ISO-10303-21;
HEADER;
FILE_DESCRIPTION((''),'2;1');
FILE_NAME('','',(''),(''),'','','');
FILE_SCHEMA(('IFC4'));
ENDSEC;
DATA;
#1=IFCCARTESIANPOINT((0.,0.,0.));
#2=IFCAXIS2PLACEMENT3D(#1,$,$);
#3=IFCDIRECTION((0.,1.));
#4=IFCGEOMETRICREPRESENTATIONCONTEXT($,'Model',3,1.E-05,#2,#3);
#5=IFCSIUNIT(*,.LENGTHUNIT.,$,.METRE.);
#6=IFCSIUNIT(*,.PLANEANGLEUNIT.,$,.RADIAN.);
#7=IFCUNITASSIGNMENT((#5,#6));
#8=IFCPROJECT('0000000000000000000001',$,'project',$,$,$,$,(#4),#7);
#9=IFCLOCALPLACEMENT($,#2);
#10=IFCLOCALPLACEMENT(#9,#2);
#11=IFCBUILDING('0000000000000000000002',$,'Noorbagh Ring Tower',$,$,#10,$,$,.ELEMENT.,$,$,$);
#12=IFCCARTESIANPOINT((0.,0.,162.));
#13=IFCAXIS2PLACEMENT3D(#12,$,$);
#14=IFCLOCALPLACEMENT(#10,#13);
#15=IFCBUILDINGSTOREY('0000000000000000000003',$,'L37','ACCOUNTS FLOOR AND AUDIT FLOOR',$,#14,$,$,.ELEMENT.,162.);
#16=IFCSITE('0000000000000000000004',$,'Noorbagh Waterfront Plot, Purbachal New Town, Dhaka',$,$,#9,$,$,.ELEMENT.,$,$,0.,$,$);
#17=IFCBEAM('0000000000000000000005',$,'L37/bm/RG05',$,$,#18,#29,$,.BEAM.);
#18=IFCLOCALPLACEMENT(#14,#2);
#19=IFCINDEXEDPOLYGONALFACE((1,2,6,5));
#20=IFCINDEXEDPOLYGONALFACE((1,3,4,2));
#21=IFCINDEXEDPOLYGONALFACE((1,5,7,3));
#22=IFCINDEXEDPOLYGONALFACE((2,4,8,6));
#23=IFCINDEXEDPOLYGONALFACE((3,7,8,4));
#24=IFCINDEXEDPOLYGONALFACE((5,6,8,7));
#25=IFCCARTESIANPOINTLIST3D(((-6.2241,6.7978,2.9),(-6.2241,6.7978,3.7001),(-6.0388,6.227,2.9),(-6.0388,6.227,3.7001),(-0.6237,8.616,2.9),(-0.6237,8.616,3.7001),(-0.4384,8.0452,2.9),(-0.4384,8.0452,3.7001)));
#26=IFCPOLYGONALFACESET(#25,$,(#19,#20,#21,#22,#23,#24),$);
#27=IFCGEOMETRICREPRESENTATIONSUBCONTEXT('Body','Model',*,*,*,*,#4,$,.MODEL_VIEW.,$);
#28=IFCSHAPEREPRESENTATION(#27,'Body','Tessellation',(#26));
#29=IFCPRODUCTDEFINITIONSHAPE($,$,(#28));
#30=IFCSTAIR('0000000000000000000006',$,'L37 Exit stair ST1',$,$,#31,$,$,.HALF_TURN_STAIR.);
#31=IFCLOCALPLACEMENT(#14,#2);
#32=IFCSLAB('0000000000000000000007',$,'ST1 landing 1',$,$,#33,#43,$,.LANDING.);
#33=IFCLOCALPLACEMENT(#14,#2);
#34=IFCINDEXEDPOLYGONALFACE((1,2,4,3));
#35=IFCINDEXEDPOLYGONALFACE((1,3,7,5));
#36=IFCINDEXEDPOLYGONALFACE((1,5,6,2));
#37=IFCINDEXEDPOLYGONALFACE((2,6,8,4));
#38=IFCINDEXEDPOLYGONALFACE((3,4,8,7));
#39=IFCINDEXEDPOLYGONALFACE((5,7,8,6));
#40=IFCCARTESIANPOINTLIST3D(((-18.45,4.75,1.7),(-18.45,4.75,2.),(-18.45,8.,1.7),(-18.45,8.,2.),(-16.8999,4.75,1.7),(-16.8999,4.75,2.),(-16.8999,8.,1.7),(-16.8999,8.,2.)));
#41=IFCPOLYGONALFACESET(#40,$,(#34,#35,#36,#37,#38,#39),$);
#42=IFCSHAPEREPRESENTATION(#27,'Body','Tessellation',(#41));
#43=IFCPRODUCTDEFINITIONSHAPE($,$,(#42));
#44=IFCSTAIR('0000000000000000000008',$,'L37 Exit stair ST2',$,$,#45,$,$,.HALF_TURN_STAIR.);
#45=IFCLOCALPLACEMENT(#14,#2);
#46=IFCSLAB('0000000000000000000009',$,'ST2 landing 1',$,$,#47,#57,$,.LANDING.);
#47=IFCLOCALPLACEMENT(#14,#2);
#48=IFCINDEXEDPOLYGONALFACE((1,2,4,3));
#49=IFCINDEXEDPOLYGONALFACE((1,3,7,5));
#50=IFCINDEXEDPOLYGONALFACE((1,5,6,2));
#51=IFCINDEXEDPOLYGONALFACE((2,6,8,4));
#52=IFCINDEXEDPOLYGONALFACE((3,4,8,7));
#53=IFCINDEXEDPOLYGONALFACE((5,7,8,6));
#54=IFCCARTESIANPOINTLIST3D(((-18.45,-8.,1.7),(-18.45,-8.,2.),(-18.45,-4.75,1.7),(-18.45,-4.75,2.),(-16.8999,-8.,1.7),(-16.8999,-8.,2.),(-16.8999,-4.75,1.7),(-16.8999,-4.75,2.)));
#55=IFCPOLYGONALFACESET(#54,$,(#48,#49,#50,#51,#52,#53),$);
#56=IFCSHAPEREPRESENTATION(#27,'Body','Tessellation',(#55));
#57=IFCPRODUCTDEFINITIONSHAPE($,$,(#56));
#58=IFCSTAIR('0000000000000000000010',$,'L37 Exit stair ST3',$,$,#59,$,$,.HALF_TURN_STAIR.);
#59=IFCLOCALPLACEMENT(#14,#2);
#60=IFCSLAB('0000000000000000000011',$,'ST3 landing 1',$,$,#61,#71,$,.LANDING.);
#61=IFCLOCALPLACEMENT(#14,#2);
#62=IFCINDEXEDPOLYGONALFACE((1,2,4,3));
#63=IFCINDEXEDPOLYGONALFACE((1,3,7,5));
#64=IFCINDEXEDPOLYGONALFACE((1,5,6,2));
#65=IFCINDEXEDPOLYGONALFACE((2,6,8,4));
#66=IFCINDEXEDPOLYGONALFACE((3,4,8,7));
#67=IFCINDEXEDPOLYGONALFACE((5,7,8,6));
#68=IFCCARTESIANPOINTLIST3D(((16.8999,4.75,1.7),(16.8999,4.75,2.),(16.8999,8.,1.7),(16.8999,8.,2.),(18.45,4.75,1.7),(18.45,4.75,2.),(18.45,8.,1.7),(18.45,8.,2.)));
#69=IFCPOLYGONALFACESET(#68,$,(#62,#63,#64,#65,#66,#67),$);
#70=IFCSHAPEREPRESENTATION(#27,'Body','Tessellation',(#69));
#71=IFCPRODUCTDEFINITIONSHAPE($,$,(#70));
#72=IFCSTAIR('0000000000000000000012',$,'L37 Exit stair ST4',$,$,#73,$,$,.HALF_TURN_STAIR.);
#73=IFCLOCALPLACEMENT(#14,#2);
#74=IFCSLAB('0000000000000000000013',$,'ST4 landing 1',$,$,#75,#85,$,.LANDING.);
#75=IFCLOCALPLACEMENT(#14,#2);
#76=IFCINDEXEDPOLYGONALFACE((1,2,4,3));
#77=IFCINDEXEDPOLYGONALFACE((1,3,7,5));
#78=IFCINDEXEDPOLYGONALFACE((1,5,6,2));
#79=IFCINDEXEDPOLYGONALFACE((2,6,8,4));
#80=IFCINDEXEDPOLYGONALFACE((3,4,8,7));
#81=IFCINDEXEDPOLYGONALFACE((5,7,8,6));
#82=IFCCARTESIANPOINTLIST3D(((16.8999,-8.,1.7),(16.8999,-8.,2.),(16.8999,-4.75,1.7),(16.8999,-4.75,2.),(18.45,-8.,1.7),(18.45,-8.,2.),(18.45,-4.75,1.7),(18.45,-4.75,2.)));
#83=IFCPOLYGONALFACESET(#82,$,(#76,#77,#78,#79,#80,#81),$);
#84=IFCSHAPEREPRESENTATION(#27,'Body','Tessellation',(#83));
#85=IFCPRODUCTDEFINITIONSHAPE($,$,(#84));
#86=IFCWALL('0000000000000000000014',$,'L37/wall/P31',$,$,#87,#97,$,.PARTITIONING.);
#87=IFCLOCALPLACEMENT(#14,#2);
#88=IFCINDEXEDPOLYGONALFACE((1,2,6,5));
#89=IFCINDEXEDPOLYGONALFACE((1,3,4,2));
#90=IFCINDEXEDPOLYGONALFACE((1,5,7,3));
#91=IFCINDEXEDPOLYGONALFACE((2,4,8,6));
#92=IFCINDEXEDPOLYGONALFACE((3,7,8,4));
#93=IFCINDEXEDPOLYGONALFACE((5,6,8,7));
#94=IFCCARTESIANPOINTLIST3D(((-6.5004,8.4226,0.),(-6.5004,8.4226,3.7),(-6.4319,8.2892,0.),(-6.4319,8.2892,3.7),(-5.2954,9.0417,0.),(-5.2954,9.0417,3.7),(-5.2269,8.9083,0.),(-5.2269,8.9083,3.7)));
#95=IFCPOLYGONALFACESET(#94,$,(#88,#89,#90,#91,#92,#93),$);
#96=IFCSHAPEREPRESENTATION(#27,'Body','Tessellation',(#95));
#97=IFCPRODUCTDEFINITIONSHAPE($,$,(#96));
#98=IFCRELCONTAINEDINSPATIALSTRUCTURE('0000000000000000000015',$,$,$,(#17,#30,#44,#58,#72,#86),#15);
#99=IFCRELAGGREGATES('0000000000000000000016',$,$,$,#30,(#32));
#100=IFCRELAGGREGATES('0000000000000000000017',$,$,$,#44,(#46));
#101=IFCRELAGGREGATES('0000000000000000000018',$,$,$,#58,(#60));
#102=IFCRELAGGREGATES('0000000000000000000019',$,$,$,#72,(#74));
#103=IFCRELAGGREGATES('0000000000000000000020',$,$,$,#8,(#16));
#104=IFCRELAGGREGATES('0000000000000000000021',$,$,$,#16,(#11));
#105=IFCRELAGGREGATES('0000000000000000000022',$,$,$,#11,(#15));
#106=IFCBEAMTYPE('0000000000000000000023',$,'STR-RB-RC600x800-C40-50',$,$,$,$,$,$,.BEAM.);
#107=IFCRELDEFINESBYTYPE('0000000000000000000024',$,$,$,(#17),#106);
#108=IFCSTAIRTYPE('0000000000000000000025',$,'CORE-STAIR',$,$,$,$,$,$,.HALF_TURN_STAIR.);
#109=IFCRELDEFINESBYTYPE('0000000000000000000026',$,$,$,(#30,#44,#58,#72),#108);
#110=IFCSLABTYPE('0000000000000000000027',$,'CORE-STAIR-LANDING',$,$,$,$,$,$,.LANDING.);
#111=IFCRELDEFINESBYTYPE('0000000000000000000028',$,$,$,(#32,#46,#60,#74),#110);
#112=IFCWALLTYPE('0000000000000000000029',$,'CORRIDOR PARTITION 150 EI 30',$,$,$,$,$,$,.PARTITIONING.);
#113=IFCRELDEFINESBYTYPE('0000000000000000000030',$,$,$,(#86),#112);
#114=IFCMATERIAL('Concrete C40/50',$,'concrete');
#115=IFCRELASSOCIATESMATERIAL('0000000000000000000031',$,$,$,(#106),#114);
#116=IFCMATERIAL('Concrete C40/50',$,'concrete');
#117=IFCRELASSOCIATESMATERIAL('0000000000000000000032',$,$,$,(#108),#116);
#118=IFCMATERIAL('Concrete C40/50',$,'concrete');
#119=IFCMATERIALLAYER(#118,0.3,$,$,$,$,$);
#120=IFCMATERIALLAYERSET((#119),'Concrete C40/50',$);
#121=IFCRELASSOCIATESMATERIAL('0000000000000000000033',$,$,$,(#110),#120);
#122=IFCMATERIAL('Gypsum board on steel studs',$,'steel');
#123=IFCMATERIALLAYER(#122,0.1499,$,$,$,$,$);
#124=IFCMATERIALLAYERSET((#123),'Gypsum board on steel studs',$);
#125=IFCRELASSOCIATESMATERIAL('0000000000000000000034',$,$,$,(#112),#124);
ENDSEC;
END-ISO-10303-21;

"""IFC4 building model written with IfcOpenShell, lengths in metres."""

from ifc_helpers import new_model, si_unit, direction, frame, frame_2d, origin, origin_2d, place, context, subcontext, project, spatial, polyline, rectangle, outline, extrude, material, layer, layer_set, material_profile, profile_set, type_object, element, aggregate, save


model = new_model("IFC4")

# Units and contexts
model_context = context("Model", 3, precision=1e-05, world=origin(), true_north=direction((0.0, 1.0)))
body_context = subcontext(model_context, "Body", "Model", "MODEL_VIEW")
ifc_project = project(units=[si_unit("LENGTHUNIT", "METRE"), si_unit("PLANEANGLEUNIT", "RADIAN")], contexts=[model_context])

# Site, building, storey
site_placement = place(None, origin())
site = spatial("IfcSite", under=ifc_project, at=site_placement, Name="Noorbagh Waterfront Plot, Purbachal New Town, Dhaka", CompositionType="ELEMENT", RefElevation=0.0)
building_placement = place(site_placement, origin())
building = spatial("IfcBuilding", under=site, at=building_placement, Name="Noorbagh Ring Tower", CompositionType="ELEMENT")
storey_placement = place(building_placement, frame((0.0, 0.0, 162.0)))
storey = spatial("IfcBuildingStorey", under=building, at=storey_placement, Name="L37", Description="ACCOUNTS FLOOR AND AUDIT FLOOR", CompositionType="ELEMENT", Elevation=162.0)

# Beam
ifc_material_1 = material(Name="Concrete C40/50", Category="concrete")
ifc_material_profile_1 = material_profile(ifc_material_1, rectangle(XDim=0.6001, YDim=0.8, at=origin_2d()), Name="RC600x800")
ifc_profile_set_1 = profile_set([ifc_material_profile_1], Name="Concrete C40/50")
beam_type = type_object("IfcBeamType", Name="STR-RB-RC600x800-C40-50", PredefinedType="BEAM", material=ifc_profile_set_1)
beam_placement = place(storey_placement, frame((-0.531, 8.3306, 3.3), z_axis=(-0.951134, -0.308779, 0.0), x_axis=(0.308779, -0.951134, 0.0)))
element("IfcBeam", 1, at=beam_placement, inside=storey, type_object=beam_type, Name="L37/bm/RG05", PredefinedType="BEAM", context=body_context, shape_type="SweptSolid", body=[
    extrude(rectangle(XDim=0.6001, YDim=0.8, at=origin_2d()), origin(), (0.0, 0.0, 1.0), 5.8882),
])

# Stairs, slabs
ifc_material_2 = material(Name="Concrete C40/50", Category="concrete")
stair_type = type_object("IfcStairType", Name="CORE-STAIR", PredefinedType="HALF_TURN_STAIR", material=ifc_material_2)
stair_1_placement = place(storey_placement, origin())
stair_1 = element("IfcStair", 2, at=stair_1_placement, inside=storey, type_object=stair_type, Name="L37 Exit stair ST1", PredefinedType="HALF_TURN_STAIR")
ifc_material_3 = material(Name="Concrete C40/50", Category="concrete")
ifc_layer_1 = layer(ifc_material_3, 0.3)
ifc_layer_set_1 = layer_set([ifc_layer_1], Name="Concrete C40/50")
slab_type = type_object("IfcSlabType", Name="CORE-STAIR-LANDING", PredefinedType="LANDING", material=ifc_layer_set_1)
slab_1_placement = place(storey_placement, frame((0.0, 0.0, 1.7)))
slab_1 = element("IfcSlab", 3, at=slab_1_placement, type_object=slab_type, Name="ST1 landing 1", PredefinedType="LANDING", context=body_context, shape_type="SweptSolid", body=[
    extrude(outline(polyline([(-18.45, 4.75), (-16.8999, 4.75), (-16.8999, 8.0), (-18.45, 8.0), (-18.45, 4.75)])), origin(), (0.0, 0.0, 1.0), 0.3),
])
aggregate(stair_1, [slab_1])
stair_2_placement = place(storey_placement, origin())
stair_2 = element("IfcStair", 4, at=stair_2_placement, inside=storey, type_object=stair_type, Name="L37 Exit stair ST2", PredefinedType="HALF_TURN_STAIR")
slab_2_placement = place(storey_placement, frame((0.0, 0.0, 1.7)))
slab_2 = element("IfcSlab", 5, at=slab_2_placement, type_object=slab_type, Name="ST2 landing 1", PredefinedType="LANDING", context=body_context, shape_type="SweptSolid", body=[
    extrude(outline(polyline([(-18.45, -8.0), (-16.8999, -8.0), (-16.8999, -4.75), (-18.45, -4.75), (-18.45, -8.0)])), origin(), (0.0, 0.0, 1.0), 0.3),
])
aggregate(stair_2, [slab_2])
stair_3_placement = place(storey_placement, origin())
stair_3 = element("IfcStair", 6, at=stair_3_placement, inside=storey, type_object=stair_type, Name="L37 Exit stair ST3", PredefinedType="HALF_TURN_STAIR")
slab_3_placement = place(storey_placement, frame((0.0, 0.0, 1.7)))
slab_3 = element("IfcSlab", 7, at=slab_3_placement, type_object=slab_type, Name="ST3 landing 1", PredefinedType="LANDING", context=body_context, shape_type="SweptSolid", body=[
    extrude(outline(polyline([(18.45, 8.0), (16.8999, 8.0), (16.8999, 4.75), (18.45, 4.75), (18.45, 8.0)])), origin(), (0.0, 0.0, 1.0), 0.3),
])
aggregate(stair_3, [slab_3])
stair_4_placement = place(storey_placement, origin())
stair_4 = element("IfcStair", 8, at=stair_4_placement, inside=storey, type_object=stair_type, Name="L37 Exit stair ST4", PredefinedType="HALF_TURN_STAIR")
slab_4_placement = place(storey_placement, frame((0.0, 0.0, 1.7)))
slab_4 = element("IfcSlab", 9, at=slab_4_placement, type_object=slab_type, Name="ST4 landing 1", PredefinedType="LANDING", context=body_context, shape_type="SweptSolid", body=[
    extrude(outline(polyline([(18.45, -4.75), (16.8999, -4.75), (16.8999, -8.0), (18.45, -8.0), (18.45, -4.75)])), origin(), (0.0, 0.0, 1.0), 0.3),
])
aggregate(stair_4, [slab_4])

# Wall
ifc_material_4 = material(Name="Gypsum board on steel studs", Category="steel")
ifc_layer_2 = layer(ifc_material_4, 0.1499)
ifc_layer_set_2 = layer_set([ifc_layer_2], Name="Gypsum board on steel studs")
wall_type = type_object("IfcWallType", Name="CORRIDOR PARTITION 150 EI 30", PredefinedType="PARTITIONING", material=ifc_layer_set_2)
wall_placement = place(storey_placement, frame((-6.4661, 8.356, 0.0), z_axis=(0.0, 0.0, 1.0), x_axis=(0.889472, 0.45699, 0.0)))
element("IfcWall", 10, at=wall_placement, inside=storey, type_object=wall_type, Name="L37/wall/P31", PredefinedType="PARTITIONING", context=body_context, shape_type="SweptSolid", body=[
    extrude(rectangle(XDim=1.3547, YDim=0.1499, at=frame_2d((0.6772, 0.0))), origin(), (0.0, 0.0, 1.0), 3.7),
])

save(model, "model.ifc")
